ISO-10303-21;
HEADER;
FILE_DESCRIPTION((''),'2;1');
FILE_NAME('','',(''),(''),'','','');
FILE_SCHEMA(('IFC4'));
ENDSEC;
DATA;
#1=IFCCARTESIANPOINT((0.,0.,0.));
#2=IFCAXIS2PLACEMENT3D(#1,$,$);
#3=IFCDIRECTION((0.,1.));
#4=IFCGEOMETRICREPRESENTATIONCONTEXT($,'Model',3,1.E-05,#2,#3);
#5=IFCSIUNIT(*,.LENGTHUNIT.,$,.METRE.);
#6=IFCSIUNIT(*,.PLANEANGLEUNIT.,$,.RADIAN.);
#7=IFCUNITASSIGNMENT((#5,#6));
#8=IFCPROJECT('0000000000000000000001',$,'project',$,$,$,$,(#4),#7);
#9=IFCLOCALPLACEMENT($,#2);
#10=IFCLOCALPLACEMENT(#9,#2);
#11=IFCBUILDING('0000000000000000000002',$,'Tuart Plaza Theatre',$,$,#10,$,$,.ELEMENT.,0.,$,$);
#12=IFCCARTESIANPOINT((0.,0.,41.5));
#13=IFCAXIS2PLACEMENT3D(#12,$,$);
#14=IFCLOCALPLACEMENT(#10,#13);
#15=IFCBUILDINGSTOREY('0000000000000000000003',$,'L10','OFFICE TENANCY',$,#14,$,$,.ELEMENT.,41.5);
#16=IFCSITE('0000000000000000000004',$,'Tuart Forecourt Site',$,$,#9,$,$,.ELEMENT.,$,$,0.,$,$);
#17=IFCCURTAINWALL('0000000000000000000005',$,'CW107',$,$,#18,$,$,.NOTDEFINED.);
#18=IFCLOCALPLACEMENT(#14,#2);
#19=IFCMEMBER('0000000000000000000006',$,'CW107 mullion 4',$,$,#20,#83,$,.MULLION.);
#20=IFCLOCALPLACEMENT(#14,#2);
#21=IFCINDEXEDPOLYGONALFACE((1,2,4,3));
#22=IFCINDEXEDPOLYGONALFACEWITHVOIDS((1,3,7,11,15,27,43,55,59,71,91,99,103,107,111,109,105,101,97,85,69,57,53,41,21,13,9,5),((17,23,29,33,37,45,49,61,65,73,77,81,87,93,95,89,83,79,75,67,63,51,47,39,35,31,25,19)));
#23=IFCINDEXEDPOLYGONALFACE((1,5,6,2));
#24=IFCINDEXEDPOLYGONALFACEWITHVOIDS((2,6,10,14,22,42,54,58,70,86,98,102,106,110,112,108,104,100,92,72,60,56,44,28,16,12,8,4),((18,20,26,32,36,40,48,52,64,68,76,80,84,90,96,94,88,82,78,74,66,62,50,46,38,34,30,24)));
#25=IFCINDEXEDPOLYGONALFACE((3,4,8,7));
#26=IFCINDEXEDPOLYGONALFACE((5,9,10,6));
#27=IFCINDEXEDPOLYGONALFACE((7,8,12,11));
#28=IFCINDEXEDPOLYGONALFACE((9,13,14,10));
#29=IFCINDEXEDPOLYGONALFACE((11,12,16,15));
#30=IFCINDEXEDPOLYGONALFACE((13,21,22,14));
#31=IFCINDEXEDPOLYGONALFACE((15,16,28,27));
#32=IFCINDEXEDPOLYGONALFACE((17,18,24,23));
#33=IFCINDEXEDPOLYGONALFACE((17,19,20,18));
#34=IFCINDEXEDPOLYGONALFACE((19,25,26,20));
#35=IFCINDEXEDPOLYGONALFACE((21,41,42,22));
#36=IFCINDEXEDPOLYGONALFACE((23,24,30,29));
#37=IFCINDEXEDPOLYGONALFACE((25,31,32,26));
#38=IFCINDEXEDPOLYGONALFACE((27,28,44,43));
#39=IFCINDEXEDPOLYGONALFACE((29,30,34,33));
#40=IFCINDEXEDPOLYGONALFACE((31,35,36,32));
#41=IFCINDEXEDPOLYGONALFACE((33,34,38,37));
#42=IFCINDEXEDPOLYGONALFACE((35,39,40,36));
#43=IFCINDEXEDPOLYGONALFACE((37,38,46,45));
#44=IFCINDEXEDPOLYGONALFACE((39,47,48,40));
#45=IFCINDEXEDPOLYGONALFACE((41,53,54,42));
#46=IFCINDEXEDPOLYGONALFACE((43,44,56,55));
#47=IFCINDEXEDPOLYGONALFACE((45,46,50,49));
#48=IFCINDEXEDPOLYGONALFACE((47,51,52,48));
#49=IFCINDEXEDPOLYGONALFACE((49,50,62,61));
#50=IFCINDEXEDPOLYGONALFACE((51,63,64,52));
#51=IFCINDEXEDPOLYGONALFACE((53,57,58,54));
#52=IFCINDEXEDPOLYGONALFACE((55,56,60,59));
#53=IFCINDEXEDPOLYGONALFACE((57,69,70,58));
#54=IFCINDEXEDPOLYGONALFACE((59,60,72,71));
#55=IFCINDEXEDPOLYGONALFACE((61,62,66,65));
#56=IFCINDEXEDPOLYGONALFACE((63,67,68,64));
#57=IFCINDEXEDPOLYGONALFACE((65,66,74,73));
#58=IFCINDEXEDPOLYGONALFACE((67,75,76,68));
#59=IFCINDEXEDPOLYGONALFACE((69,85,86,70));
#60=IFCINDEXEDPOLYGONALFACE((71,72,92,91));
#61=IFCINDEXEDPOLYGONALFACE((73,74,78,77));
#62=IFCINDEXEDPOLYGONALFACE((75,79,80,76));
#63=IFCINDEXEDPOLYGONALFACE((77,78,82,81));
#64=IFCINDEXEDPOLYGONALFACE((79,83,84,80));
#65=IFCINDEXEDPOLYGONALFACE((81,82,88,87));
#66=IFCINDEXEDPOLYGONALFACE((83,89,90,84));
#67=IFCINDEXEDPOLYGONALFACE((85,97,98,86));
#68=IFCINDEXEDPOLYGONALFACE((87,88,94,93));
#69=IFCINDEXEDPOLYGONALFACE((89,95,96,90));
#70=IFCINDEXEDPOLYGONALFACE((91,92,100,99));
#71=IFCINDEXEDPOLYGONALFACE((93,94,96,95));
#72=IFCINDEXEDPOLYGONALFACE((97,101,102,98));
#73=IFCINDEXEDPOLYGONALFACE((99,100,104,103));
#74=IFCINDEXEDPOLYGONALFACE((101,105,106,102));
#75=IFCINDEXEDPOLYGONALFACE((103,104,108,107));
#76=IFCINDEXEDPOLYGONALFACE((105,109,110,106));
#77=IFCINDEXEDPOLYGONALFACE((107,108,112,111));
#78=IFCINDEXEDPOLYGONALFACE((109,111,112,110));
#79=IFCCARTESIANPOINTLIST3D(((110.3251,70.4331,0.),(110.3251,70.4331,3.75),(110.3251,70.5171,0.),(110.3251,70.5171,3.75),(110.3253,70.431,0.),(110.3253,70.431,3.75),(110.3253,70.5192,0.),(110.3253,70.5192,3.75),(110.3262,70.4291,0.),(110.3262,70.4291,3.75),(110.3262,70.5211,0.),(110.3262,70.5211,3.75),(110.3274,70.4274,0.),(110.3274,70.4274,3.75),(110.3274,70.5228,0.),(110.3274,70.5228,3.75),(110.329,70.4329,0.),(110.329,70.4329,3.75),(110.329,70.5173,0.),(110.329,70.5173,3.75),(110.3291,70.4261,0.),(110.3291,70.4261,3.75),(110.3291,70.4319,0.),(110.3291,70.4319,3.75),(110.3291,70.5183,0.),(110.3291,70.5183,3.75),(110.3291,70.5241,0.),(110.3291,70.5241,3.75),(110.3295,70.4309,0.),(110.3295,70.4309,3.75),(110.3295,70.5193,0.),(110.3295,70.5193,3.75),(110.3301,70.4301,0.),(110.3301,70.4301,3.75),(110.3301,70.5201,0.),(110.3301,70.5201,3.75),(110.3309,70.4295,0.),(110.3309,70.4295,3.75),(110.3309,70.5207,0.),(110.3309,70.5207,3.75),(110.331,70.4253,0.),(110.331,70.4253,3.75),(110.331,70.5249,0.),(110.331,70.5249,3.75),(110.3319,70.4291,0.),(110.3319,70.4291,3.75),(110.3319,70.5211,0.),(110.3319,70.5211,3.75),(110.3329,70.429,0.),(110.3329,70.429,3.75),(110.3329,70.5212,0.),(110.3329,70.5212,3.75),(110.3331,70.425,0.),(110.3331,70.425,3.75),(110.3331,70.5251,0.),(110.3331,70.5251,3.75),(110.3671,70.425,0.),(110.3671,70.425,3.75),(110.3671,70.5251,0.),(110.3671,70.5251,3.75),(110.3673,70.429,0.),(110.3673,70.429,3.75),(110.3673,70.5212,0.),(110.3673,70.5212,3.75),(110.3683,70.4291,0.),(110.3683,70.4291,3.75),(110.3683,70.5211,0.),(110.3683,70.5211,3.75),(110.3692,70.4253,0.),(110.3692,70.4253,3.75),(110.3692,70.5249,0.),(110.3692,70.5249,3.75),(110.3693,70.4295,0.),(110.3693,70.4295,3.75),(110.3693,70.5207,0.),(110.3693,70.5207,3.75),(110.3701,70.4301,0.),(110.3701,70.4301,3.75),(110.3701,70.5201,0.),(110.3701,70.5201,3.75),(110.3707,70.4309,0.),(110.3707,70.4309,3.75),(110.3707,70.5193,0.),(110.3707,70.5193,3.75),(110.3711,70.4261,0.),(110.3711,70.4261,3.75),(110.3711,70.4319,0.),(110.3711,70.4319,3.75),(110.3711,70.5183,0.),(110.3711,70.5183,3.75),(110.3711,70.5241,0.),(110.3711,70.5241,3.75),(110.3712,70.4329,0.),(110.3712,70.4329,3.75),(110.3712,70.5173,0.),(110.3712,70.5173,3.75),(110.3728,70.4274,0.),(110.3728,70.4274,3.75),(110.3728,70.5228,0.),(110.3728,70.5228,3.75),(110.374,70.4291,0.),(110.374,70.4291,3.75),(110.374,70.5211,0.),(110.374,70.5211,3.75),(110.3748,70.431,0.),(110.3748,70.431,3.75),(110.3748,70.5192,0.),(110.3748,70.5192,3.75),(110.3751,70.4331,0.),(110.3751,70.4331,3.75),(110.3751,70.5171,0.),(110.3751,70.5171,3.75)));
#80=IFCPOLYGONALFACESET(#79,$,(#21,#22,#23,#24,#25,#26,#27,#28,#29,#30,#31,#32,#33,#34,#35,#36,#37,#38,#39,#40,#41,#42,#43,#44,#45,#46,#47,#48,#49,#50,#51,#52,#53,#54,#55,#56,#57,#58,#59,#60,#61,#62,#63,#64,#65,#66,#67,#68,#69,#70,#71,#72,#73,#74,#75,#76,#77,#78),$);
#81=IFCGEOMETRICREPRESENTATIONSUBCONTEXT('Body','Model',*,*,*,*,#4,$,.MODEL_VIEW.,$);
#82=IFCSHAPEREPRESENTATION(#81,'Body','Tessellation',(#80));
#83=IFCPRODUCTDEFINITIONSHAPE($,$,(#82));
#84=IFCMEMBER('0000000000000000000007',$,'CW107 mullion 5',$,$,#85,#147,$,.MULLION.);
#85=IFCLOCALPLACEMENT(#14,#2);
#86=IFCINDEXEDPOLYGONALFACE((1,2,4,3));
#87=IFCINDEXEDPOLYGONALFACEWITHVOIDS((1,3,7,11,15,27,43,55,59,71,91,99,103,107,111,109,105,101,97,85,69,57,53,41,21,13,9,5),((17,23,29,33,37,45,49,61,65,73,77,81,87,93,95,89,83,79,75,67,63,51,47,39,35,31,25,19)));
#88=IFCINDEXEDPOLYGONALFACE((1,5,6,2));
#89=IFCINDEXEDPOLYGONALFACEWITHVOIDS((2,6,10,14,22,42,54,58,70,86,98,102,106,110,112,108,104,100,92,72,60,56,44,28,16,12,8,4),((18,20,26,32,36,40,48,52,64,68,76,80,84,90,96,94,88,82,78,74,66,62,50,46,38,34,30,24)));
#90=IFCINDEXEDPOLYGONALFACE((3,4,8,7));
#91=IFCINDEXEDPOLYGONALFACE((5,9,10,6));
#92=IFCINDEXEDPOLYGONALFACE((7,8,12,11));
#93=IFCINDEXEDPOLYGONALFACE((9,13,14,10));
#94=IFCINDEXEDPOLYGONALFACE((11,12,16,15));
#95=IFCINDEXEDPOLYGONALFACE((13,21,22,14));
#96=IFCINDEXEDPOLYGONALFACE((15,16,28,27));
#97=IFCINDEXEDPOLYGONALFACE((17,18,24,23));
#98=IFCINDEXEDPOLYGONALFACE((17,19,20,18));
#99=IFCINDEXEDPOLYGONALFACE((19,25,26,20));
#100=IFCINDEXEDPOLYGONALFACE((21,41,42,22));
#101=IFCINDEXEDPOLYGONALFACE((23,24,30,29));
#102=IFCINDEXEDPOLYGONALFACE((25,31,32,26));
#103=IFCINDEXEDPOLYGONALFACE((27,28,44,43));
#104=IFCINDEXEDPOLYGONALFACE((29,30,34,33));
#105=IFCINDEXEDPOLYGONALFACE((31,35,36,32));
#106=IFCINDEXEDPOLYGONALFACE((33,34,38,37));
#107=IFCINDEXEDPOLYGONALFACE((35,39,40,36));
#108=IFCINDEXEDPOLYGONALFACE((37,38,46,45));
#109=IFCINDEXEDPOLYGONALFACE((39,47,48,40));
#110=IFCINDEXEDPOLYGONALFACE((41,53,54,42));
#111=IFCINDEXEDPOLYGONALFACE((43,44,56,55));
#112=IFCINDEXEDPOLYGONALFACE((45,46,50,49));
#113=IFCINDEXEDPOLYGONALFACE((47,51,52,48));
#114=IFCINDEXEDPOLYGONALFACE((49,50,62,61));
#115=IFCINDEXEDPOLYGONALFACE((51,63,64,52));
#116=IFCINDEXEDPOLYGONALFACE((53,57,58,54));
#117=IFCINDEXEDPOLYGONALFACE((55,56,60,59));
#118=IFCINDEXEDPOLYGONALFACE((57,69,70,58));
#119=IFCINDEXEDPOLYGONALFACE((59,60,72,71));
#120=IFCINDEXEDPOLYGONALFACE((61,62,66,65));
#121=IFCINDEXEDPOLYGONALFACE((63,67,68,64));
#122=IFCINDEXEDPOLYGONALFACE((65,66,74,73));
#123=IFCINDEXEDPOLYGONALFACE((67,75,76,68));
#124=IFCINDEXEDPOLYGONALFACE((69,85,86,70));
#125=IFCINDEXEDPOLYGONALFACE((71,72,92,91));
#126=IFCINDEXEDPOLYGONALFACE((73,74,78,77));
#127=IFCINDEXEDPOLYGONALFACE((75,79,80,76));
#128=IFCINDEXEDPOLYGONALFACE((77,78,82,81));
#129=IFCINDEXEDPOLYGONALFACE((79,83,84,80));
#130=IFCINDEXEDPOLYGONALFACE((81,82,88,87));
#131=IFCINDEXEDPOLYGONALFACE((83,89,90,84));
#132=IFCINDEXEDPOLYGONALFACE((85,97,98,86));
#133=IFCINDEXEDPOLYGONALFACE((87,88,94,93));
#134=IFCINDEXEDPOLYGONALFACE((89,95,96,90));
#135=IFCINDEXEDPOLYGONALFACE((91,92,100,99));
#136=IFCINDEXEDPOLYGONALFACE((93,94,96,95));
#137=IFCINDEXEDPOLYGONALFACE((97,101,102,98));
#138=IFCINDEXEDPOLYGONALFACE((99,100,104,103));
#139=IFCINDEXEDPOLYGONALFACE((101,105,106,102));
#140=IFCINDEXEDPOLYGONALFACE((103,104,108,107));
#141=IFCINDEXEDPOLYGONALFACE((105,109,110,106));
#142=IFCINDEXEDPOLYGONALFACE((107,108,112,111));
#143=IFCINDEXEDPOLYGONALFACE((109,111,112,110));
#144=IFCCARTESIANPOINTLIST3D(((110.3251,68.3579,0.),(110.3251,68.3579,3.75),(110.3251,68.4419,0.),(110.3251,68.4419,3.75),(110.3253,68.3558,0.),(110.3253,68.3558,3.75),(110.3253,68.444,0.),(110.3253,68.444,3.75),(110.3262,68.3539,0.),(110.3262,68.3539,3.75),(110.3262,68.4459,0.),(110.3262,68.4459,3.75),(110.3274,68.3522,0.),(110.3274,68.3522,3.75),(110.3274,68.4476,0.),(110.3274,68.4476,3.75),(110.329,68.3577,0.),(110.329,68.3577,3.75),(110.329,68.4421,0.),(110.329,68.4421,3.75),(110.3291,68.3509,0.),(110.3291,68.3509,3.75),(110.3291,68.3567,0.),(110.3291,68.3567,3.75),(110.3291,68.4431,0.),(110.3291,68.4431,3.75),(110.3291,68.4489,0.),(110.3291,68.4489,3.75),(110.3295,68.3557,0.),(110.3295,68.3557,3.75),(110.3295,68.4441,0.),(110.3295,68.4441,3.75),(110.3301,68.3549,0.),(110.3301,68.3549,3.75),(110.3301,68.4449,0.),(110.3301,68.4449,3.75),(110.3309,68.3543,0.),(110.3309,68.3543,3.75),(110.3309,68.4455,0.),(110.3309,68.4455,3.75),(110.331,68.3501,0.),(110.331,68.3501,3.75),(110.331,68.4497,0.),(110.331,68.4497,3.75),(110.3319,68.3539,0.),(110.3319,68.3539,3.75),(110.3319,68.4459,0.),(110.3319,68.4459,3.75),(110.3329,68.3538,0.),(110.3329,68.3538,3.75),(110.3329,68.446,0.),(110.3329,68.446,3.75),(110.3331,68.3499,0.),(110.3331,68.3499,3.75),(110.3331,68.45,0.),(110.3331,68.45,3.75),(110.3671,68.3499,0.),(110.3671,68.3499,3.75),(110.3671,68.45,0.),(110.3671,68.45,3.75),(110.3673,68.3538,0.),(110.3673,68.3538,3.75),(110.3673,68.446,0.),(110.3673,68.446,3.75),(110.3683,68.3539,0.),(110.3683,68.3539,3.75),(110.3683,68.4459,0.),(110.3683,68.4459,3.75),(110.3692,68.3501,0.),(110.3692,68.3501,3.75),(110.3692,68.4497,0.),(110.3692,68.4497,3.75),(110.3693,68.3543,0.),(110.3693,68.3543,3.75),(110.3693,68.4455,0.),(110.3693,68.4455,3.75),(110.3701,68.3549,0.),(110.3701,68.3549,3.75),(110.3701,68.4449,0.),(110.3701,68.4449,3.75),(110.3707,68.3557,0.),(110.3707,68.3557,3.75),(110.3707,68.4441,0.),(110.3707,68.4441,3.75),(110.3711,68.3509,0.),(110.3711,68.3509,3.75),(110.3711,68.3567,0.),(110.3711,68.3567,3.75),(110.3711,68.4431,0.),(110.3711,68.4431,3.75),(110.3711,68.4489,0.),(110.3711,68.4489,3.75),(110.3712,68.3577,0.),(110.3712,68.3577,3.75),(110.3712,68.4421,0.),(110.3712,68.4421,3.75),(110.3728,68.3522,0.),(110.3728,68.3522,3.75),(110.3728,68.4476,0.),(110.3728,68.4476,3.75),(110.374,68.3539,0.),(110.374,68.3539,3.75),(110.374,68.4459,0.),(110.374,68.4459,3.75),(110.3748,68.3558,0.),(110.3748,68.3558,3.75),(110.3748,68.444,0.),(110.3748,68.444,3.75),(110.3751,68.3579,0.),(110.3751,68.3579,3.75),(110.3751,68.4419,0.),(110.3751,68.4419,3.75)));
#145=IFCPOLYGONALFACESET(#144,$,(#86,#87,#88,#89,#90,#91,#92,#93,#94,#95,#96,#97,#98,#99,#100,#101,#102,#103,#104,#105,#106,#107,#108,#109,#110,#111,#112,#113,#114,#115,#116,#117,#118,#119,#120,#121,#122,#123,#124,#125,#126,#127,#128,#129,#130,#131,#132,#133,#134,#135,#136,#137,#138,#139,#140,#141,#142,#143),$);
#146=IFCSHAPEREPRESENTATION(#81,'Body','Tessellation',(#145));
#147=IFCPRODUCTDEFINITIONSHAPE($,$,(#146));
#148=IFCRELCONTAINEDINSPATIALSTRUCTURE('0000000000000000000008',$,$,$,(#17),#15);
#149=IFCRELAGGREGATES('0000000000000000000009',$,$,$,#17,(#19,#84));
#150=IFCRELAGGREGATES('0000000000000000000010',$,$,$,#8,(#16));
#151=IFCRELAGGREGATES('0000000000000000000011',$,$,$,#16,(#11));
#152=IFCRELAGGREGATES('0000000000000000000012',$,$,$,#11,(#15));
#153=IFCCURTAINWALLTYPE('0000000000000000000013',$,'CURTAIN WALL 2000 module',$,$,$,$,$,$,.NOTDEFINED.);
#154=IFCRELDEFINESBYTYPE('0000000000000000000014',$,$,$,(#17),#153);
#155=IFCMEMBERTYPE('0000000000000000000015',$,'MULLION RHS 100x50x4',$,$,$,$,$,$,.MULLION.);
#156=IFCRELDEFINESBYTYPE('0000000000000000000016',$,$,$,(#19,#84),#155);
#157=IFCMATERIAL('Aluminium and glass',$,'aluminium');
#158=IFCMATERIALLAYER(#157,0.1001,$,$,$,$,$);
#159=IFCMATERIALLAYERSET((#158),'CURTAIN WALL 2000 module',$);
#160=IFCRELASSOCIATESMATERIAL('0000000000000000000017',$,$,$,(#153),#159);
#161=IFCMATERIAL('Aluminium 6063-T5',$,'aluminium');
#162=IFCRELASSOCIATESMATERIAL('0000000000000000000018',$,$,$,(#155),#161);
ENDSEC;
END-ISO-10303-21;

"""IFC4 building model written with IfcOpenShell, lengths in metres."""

from ifc_helpers import new_model, si_unit, direction, frame, origin, origin_2d, place, context, subcontext, project, spatial, hollow_rectangle, extrude, material, layer, layer_set, material_profile, profile_set, type_object, element, aggregate, save


model = new_model("IFC4")

# Units and contexts
model_context = context("Model", 3, precision=1e-05, world=origin(), true_north=direction((0.0, 1.0)))
body_context = subcontext(model_context, "Body", "Model", "MODEL_VIEW")
ifc_project = project(units=[si_unit("LENGTHUNIT", "METRE"), si_unit("PLANEANGLEUNIT", "RADIAN")], contexts=[model_context])

# Site, building, storey
site_placement = place(None, origin())
site = spatial("IfcSite", under=ifc_project, at=site_placement, Name="Tuart Forecourt Site", CompositionType="ELEMENT", RefElevation=0.0)
building_placement = place(site_placement, origin())
building = spatial("IfcBuilding", under=site, at=building_placement, Name="Tuart Plaza Theatre", CompositionType="ELEMENT", ElevationOfRefHeight=0.0)
storey_placement = place(building_placement, frame((0.0, 0.0, 41.5)))
storey = spatial("IfcBuildingStorey", under=building, at=storey_placement, Name="L10", Description="OFFICE TENANCY", CompositionType="ELEMENT", Elevation=41.5)

# Curtain wall, members
ifc_material_1 = material(Name="Aluminium and glass", Category="aluminium")
ifc_layer_1 = layer(ifc_material_1, 0.1001)
ifc_layer_set_1 = layer_set([ifc_layer_1], Name="CURTAIN WALL 2000 module")
curtain_wall_type = type_object("IfcCurtainWallType", Name="CURTAIN WALL 2000 module", PredefinedType="NOTDEFINED", material=ifc_layer_set_1)
curtain_wall_1_placement = place(storey_placement, origin())
curtain_wall_1 = element("IfcCurtainWall", 1, at=curtain_wall_1_placement, inside=storey, type_object=curtain_wall_type, Name="CW107", PredefinedType="NOTDEFINED")
ifc_material_2 = material(Name="Aluminium 6063-T5", Category="aluminium")
ifc_material_profile_1 = material_profile(ifc_material_2, hollow_rectangle(XDim=0.05, YDim=0.1001, WallThickness=0.0039, InnerFilletRadius=0.0039, OuterFilletRadius=0.0081, at=origin_2d()), Name="RHS 100x50x4")
ifc_profile_set_1 = profile_set([ifc_material_profile_1], Name="Aluminium 6063-T5")
member_type_1 = type_object("IfcMemberType", Name="MULLION RHS 100x50x4", PredefinedType="MULLION", material=ifc_profile_set_1)
member_1_placement = place(storey_placement, frame((110.3501, 70.4751, 0.0), z_axis=(0.0, 0.0, 1.0), x_axis=(1.0, 0.0, 0.0)))
member_1 = element("IfcMember", 2, at=member_1_placement, type_object=member_type_1, Name="CW107 mullion 4", PredefinedType="MULLION", context=body_context, shape_type="SweptSolid", body=[
    extrude(hollow_rectangle(XDim=0.05, YDim=0.1001, WallThickness=0.0039, InnerFilletRadius=0.0039, OuterFilletRadius=0.0081, at=origin_2d()), origin(), (0.0, 0.0, 1.0), 3.75),
])
member_2_placement = place(storey_placement, frame((110.3501, 68.3999, 0.0), z_axis=(0.0, 0.0, 1.0), x_axis=(1.0, 0.0, 0.0)))
member_2 = element("IfcMember", 3, at=member_2_placement, type_object=member_type_1, Name="CW107 mullion 5", PredefinedType="MULLION", context=body_context, shape_type="SweptSolid", body=[
    extrude(hollow_rectangle(XDim=0.05, YDim=0.1001, WallThickness=0.0039, InnerFilletRadius=0.0039, OuterFilletRadius=0.0081, at=origin_2d()), origin(), (0.0, 0.0, 1.0), 3.75),
])

aggregate(curtain_wall_1, [member_1, member_2])

save(model, "model.ifc")
